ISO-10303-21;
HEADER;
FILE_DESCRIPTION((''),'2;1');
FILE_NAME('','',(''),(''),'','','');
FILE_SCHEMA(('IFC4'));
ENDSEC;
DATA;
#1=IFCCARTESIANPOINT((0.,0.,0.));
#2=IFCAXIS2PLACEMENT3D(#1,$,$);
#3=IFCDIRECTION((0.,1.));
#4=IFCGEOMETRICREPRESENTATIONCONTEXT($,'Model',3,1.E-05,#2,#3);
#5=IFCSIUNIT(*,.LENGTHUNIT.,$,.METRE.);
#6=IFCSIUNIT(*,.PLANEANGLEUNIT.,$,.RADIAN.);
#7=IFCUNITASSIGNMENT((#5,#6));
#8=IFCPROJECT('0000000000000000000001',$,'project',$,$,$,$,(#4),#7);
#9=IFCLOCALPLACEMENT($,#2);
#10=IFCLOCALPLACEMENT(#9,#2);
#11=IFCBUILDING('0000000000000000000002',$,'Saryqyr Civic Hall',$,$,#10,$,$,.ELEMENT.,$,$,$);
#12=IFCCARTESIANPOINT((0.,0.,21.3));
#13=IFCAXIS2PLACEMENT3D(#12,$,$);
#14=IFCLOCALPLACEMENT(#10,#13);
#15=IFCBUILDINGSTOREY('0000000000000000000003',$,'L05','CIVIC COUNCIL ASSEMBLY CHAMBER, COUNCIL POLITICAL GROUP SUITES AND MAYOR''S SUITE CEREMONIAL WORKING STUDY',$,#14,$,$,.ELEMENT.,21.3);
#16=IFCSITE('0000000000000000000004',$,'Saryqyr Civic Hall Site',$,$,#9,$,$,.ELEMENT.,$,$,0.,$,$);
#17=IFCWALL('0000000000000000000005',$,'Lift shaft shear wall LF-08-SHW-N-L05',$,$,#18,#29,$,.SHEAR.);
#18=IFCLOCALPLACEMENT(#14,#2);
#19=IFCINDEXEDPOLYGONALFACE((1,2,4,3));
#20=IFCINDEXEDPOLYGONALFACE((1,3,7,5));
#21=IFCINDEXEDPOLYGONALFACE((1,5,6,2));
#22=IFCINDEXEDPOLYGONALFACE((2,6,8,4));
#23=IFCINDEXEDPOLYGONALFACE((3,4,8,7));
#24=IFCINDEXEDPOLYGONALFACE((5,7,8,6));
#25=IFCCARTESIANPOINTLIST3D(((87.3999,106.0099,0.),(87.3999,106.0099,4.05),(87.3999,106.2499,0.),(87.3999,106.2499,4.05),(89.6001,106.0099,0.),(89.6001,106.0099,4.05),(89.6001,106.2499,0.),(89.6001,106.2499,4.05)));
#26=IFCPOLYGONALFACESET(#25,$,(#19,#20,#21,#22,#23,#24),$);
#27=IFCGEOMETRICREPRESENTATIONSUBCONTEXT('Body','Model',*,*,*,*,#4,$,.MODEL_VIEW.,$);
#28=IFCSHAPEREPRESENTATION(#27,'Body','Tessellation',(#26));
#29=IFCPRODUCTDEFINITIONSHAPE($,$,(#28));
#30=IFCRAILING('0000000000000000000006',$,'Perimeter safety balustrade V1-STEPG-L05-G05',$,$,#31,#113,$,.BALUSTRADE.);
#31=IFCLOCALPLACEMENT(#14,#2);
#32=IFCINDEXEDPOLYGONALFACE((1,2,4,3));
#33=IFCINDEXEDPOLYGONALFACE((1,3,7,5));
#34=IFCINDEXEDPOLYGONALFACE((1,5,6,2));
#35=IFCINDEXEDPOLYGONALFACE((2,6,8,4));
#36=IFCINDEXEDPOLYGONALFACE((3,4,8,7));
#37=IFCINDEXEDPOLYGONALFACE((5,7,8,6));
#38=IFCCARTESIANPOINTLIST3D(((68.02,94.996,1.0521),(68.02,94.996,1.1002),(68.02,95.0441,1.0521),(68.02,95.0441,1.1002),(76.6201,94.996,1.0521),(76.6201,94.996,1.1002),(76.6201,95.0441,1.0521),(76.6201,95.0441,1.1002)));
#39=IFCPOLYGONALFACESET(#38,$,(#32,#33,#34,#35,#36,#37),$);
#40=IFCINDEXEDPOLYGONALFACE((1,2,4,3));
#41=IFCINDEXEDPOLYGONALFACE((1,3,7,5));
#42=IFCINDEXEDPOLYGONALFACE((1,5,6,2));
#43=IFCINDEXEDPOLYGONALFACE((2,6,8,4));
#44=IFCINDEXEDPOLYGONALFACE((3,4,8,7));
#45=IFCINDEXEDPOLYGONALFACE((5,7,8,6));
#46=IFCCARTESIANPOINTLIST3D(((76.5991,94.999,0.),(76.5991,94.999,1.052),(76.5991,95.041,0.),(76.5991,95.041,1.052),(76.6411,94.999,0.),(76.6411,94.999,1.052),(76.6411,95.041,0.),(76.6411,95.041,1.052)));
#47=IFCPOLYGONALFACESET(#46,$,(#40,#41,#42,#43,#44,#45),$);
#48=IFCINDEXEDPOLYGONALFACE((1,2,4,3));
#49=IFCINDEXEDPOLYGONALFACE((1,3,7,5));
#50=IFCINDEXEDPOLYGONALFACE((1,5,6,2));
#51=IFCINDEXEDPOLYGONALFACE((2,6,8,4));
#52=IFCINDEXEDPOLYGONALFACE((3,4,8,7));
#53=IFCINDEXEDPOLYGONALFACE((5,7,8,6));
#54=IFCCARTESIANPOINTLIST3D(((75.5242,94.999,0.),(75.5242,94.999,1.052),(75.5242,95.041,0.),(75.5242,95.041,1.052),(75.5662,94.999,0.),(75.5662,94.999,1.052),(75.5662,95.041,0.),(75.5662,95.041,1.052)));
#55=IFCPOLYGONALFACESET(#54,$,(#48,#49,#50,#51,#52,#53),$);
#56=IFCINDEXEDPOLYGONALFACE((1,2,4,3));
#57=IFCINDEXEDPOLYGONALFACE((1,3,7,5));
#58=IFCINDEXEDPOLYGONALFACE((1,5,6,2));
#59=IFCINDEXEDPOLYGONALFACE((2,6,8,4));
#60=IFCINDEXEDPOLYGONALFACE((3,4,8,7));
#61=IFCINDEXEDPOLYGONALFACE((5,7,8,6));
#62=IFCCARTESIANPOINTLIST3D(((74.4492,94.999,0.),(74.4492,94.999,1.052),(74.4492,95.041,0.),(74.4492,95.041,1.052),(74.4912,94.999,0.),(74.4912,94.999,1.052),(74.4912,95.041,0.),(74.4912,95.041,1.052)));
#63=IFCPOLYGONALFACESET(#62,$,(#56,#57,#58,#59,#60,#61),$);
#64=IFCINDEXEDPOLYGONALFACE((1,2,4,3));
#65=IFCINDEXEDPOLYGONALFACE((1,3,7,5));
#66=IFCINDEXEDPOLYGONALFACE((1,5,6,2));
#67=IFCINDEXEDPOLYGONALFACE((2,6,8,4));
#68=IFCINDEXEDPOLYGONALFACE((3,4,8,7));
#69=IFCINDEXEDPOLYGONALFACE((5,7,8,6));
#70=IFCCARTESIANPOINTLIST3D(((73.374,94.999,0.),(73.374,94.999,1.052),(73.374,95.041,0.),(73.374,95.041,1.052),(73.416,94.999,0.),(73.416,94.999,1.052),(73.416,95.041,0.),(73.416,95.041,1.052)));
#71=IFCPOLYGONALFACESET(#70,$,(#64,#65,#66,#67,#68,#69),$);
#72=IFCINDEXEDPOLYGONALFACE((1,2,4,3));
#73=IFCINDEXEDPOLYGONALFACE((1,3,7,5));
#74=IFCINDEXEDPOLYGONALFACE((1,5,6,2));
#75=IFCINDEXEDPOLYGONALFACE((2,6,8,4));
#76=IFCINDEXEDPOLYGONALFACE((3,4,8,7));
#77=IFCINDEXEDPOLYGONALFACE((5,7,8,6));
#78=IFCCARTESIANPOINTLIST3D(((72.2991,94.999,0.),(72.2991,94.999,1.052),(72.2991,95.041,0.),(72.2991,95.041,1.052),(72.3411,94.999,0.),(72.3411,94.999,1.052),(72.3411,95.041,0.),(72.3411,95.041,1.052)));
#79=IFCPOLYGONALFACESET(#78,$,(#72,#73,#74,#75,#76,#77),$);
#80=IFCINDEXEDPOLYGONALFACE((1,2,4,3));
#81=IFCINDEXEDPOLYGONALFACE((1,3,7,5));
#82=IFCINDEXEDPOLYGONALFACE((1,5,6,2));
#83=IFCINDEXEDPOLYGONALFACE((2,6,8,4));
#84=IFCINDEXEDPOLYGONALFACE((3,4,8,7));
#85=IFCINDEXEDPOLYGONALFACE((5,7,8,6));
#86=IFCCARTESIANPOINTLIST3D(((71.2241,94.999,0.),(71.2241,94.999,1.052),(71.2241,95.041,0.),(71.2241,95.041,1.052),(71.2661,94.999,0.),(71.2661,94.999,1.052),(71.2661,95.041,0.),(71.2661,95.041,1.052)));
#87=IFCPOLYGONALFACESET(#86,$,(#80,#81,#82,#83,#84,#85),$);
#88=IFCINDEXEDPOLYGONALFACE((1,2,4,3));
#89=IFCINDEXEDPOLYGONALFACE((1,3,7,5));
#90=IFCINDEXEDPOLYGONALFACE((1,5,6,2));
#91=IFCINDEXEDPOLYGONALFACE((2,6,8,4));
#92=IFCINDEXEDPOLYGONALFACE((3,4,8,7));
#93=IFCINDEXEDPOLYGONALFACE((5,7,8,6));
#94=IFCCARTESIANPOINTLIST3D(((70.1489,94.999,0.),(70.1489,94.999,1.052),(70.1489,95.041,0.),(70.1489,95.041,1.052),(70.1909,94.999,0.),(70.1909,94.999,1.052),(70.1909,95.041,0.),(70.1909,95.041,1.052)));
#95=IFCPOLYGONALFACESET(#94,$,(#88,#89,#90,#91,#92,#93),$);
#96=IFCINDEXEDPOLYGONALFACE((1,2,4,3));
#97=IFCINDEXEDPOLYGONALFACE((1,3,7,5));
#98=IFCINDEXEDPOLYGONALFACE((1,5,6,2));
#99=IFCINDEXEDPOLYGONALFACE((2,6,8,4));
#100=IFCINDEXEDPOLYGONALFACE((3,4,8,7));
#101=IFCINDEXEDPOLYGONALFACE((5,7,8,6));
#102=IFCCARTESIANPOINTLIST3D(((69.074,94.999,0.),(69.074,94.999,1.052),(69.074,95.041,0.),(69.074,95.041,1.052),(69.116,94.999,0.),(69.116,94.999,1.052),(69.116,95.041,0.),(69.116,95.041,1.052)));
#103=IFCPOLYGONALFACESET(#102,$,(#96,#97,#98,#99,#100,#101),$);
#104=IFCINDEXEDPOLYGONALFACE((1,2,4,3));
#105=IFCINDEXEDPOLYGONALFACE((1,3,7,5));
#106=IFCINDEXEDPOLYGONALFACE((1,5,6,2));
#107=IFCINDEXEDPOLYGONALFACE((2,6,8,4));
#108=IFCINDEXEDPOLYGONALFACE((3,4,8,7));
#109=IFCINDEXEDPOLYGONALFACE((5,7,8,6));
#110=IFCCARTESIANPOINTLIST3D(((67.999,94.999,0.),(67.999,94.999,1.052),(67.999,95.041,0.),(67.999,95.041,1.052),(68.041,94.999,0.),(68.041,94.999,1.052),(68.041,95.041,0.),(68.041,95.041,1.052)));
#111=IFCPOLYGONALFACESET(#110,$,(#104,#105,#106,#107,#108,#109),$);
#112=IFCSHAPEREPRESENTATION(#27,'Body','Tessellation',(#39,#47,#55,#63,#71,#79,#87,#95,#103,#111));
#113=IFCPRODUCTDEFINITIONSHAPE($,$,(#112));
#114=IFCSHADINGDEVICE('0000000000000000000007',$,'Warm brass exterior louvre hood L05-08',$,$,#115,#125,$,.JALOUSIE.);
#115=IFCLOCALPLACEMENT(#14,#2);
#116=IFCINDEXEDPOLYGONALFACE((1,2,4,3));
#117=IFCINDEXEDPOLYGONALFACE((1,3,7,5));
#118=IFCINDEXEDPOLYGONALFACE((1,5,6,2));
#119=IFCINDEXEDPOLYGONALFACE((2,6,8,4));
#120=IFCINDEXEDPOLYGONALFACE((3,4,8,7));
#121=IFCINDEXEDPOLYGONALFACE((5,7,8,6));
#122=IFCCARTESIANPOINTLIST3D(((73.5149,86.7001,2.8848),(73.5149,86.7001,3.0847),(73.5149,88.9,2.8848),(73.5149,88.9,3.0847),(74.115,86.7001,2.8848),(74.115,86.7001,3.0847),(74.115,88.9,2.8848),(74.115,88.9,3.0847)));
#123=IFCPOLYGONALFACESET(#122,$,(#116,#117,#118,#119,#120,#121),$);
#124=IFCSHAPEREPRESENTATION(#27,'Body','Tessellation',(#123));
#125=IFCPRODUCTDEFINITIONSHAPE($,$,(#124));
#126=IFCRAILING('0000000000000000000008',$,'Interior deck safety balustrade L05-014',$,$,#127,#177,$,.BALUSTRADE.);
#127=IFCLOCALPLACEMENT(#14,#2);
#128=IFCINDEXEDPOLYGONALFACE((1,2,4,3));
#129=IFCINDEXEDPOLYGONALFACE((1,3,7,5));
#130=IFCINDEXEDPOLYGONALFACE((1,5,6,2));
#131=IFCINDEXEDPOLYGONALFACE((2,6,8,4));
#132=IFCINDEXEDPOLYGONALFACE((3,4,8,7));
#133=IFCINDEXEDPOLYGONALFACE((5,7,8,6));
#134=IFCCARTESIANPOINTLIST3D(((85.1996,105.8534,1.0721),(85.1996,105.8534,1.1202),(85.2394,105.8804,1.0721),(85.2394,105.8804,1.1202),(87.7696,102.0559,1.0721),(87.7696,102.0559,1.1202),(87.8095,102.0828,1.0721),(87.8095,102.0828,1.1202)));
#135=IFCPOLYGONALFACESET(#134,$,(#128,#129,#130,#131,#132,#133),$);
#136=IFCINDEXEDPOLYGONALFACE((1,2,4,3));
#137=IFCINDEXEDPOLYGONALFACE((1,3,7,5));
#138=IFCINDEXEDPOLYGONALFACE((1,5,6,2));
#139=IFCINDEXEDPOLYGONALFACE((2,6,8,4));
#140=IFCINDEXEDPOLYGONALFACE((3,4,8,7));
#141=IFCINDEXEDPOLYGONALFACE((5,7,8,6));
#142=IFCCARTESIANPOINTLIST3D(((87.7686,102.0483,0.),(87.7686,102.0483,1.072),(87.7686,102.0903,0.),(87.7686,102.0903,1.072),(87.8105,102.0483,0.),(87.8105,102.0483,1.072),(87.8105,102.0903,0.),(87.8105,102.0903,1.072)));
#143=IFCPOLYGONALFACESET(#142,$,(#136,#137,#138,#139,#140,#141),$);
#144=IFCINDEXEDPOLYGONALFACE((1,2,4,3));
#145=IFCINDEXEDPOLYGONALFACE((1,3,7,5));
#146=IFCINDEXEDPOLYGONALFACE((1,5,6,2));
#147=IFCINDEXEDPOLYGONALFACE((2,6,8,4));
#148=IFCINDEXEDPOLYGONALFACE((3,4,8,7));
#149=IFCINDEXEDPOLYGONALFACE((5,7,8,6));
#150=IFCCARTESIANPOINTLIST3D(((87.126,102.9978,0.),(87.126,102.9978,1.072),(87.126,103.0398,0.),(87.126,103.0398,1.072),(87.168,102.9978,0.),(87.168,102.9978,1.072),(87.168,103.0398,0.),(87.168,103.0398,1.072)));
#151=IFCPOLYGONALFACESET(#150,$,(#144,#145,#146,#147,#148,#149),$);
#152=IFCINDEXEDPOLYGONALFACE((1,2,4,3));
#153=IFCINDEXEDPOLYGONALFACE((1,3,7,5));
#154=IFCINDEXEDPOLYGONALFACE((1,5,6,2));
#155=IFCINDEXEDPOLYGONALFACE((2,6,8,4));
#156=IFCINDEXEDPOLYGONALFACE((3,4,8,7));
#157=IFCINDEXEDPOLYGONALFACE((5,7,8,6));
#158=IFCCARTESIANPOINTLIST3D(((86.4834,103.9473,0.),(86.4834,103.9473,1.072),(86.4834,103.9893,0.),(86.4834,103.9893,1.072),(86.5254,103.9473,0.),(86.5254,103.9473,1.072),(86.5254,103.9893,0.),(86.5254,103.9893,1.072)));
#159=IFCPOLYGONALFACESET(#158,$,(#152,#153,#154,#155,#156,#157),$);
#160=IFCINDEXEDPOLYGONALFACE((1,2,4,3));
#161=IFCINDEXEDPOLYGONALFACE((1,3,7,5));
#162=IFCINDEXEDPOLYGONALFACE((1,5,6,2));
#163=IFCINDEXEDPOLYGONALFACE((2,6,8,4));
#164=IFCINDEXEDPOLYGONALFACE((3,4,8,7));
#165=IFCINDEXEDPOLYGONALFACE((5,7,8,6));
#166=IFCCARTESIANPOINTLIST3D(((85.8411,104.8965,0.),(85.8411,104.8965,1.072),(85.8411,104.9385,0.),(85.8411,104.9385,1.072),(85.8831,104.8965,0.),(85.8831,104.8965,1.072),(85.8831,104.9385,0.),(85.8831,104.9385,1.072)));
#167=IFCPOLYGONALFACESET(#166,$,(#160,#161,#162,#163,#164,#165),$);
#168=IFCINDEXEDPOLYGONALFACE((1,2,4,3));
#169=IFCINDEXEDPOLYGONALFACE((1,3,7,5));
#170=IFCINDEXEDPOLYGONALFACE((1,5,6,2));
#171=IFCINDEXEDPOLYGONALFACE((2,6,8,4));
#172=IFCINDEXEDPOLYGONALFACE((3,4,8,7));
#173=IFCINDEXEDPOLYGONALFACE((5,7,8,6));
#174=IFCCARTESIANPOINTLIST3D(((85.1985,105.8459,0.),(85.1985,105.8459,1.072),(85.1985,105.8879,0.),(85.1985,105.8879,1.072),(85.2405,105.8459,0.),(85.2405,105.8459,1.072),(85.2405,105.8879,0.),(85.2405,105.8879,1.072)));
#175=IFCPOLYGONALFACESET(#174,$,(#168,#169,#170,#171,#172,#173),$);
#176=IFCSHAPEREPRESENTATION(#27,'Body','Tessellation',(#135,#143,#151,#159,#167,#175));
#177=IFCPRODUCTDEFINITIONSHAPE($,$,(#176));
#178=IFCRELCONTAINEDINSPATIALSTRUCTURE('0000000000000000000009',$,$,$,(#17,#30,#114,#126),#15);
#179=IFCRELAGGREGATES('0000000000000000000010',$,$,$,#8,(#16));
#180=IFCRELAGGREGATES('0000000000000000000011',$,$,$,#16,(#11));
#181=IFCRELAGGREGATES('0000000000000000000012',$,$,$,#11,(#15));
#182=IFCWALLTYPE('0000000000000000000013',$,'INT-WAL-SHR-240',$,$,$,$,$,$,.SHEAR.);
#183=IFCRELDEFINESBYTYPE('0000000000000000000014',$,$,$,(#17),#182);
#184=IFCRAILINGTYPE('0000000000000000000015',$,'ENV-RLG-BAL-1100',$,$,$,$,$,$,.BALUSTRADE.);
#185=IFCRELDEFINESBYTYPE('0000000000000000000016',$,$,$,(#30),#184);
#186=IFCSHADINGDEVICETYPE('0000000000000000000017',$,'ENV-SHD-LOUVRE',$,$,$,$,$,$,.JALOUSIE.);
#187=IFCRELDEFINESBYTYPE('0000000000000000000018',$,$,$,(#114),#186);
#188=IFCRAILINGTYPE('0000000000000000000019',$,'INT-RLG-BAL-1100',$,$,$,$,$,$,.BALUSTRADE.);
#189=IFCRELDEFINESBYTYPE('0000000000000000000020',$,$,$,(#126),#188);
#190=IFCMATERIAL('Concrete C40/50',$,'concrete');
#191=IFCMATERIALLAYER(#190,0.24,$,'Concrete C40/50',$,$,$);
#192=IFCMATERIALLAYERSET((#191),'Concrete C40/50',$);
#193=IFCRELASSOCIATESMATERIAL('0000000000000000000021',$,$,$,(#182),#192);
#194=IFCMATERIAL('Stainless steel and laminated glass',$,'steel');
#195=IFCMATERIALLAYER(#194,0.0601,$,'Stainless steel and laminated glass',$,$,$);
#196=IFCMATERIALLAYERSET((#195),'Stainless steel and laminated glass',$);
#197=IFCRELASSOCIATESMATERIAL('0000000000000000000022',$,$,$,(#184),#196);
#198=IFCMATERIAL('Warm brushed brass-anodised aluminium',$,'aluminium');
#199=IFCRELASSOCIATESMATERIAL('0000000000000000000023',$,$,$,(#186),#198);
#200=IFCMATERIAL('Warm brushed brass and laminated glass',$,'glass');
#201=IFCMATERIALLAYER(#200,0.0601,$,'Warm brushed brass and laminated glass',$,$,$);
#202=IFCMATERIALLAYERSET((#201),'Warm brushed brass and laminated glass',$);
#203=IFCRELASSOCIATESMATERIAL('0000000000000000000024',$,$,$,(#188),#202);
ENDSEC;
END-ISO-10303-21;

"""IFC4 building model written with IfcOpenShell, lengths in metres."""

from ifc_helpers import new_model, si_unit, direction, frame, frame_2d, origin, origin_2d, place, context, subcontext, project, spatial, rectangle, extrude, material, layer, layer_set, type_object, element, save


model = new_model("IFC4")

# Units and contexts
model_context = context("Model", 3, precision=1e-05, world=origin(), true_north=direction((0.0, 1.0)))
body_context = subcontext(model_context, "Body", "Model", "MODEL_VIEW")
ifc_project = project(units=[si_unit("LENGTHUNIT", "METRE"), si_unit("PLANEANGLEUNIT", "RADIAN")], contexts=[model_context])

# Site, building, storey
site_placement = place(None, origin())
site = spatial("IfcSite", under=ifc_project, at=site_placement, Name="Saryqyr Civic Hall Site", CompositionType="ELEMENT", RefElevation=0.0)
building_placement = place(site_placement, origin())
building = spatial("IfcBuilding", under=site, at=building_placement, Name="Saryqyr Civic Hall", CompositionType="ELEMENT")
storey_placement = place(building_placement, frame((0.0, 0.0, 21.3)))
storey = spatial("IfcBuildingStorey", under=building, at=storey_placement, Name="L05", Description="CIVIC COUNCIL ASSEMBLY CHAMBER, COUNCIL POLITICAL GROUP SUITES AND MAYOR'S SUITE CEREMONIAL WORKING STUDY", CompositionType="ELEMENT", Elevation=21.3)

# Shared definitions
ifc_material_1 = material(Name="Concrete C40/50", Category="concrete")

# Shared definitions
ifc_material_2 = material(Name="Warm brushed brass-anodised aluminium", Category="aluminium")

# Wall
ifc_layer_1 = layer(ifc_material_1, 0.24, Name="Concrete C40/50")
ifc_layer_set_1 = layer_set([ifc_layer_1], Name="Concrete C40/50")
wall_type_1 = type_object("IfcWallType", Name="INT-WAL-SHR-240", PredefinedType="SHEAR", material=ifc_layer_set_1)
wall_1_placement = place(storey_placement, frame((87.3999, 106.1299, 0.0), z_axis=(0.0, 0.0, 1.0), x_axis=(1.0, 0.0, 0.0)))
element("IfcWall", 1, at=wall_1_placement, inside=storey, type_object=wall_type_1, Name="Lift shaft shear wall LF-08-SHW-N-L05", PredefinedType="SHEAR", context=body_context, shape_type="SweptSolid", body=[
    extrude(rectangle(XDim=2.2002, YDim=0.24, at=frame_2d((1.1001, 0.0))), origin(), (0.0, 0.0, 1.0), 4.05),
])

# Railing
ifc_material_3 = material(Name="Stainless steel and laminated glass", Category="steel")
ifc_layer_2 = layer(ifc_material_3, 0.0601, Name="Stainless steel and laminated glass")
ifc_layer_set_2 = layer_set([ifc_layer_2], Name="Stainless steel and laminated glass")
railing_type_1 = type_object("IfcRailingType", Name="ENV-RLG-BAL-1100", PredefinedType="BALUSTRADE", material=ifc_layer_set_2)
railing_1_placement = place(storey_placement, frame((76.6201, 95.02, 0.0)))
element("IfcRailing", 2, at=railing_1_placement, inside=storey, type_object=railing_type_1, Name="Perimeter safety balustrade V1-STEPG-L05-G05", PredefinedType="BALUSTRADE", context=body_context, shape_type="SweptSolid", body=[
    extrude(rectangle(XDim=0.0481, YDim=0.0481, at=origin_2d()), frame((0.0, 0.0, 1.0762), z_axis=(-1.0, 0.0, 0.0), x_axis=(0.0, -1.0, 0.0)), (0.0, 0.0, 1.0), 8.6001),
    extrude(rectangle(XDim=0.042, YDim=0.042, at=origin_2d()), origin(), (0.0, 0.0, 1.0), 1.052),
    extrude(rectangle(XDim=0.042, YDim=0.042, at=origin_2d()), frame((-1.075, 0.0, 0.0)), (0.0, 0.0, 1.0), 1.052),
    extrude(rectangle(XDim=0.042, YDim=0.042, at=origin_2d()), frame((-2.1499, 0.0, 0.0)), (0.0, 0.0, 1.0), 1.052),
    extrude(rectangle(XDim=0.042, YDim=0.042, at=origin_2d()), frame((-3.2251, 0.0, 0.0)), (0.0, 0.0, 1.0), 1.052),
    extrude(rectangle(XDim=0.042, YDim=0.042, at=origin_2d()), frame((-4.3, 0.0, 0.0)), (0.0, 0.0, 1.0), 1.052),
    extrude(rectangle(XDim=0.042, YDim=0.042, at=origin_2d()), frame((-5.375, 0.0, 0.0)), (0.0, 0.0, 1.0), 1.052),
    extrude(rectangle(XDim=0.042, YDim=0.042, at=origin_2d()), frame((-6.4502, 0.0, 0.0)), (0.0, 0.0, 1.0), 1.052),
    extrude(rectangle(XDim=0.042, YDim=0.042, at=origin_2d()), frame((-7.5251, 0.0, 0.0)), (0.0, 0.0, 1.0), 1.052),
    extrude(rectangle(XDim=0.042, YDim=0.042, at=origin_2d()), frame((-8.6001, 0.0, 0.0)), (0.0, 0.0, 1.0), 1.052),
])

# Shading device
shading_device_type = type_object("IfcShadingDeviceType", Name="ENV-SHD-LOUVRE", PredefinedType="JALOUSIE", material=ifc_material_2)
shading_device_placement = place(storey_placement, frame((73.8149, 87.8, 2.8848), z_axis=(0.0, 0.0, 1.0), x_axis=(0.0, -1.0, 0.0)))
element("IfcShadingDevice", 3, at=shading_device_placement, inside=storey, type_object=shading_device_type, Name="Warm brass exterior louvre hood L05-08", PredefinedType="JALOUSIE", context=body_context, shape_type="SweptSolid", body=[
    extrude(rectangle(XDim=2.2, YDim=0.6001, at=origin_2d()), origin(), (0.0, 0.0, 1.0), 0.2),
])

# Railing
ifc_material_4 = material(Name="Warm brushed brass and laminated glass", Category="glass")
ifc_layer_3 = layer(ifc_material_4, 0.0601, Name="Warm brushed brass and laminated glass")
ifc_layer_set_3 = layer_set([ifc_layer_3], Name="Warm brushed brass and laminated glass")
railing_type_2 = type_object("IfcRailingType", Name="INT-RLG-BAL-1100", PredefinedType="BALUSTRADE", material=ifc_layer_set_3)
railing_2_placement = place(storey_placement, frame((87.7896, 102.0693, 0.0)))
element("IfcRailing", 4, at=railing_2_placement, inside=storey, type_object=railing_type_2, Name="Interior deck safety balustrade L05-014", PredefinedType="BALUSTRADE", context=body_context, shape_type="SweptSolid", body=[
    extrude(rectangle(XDim=0.0481, YDim=0.0481, at=origin_2d()), frame((0.0, 0.0, 1.0962), z_axis=(-0.560474, 0.828172, 0.0), x_axis=(-0.828172, -0.560474, 0.0)), (0.0, 0.0, 1.0), 4.5854),
    extrude(rectangle(XDim=0.042, YDim=0.042, at=origin_2d()), origin(), (0.0, 0.0, 1.0), 1.072),
    extrude(rectangle(XDim=0.042, YDim=0.042, at=origin_2d()), frame((-0.6426, 0.9495, 0.0)), (0.0, 0.0, 1.0), 1.072),
    extrude(rectangle(XDim=0.042, YDim=0.042, at=origin_2d()), frame((-1.2852, 1.8989, 0.0)), (0.0, 0.0, 1.0), 1.072),
    extrude(rectangle(XDim=0.042, YDim=0.042, at=origin_2d()), frame((-1.9275, 2.8481, 0.0)), (0.0, 0.0, 1.0), 1.072),
    extrude(rectangle(XDim=0.042, YDim=0.042, at=origin_2d()), frame((-2.5701, 3.7976, 0.0)), (0.0, 0.0, 1.0), 1.072),
])

save(model, "model.ifc")
